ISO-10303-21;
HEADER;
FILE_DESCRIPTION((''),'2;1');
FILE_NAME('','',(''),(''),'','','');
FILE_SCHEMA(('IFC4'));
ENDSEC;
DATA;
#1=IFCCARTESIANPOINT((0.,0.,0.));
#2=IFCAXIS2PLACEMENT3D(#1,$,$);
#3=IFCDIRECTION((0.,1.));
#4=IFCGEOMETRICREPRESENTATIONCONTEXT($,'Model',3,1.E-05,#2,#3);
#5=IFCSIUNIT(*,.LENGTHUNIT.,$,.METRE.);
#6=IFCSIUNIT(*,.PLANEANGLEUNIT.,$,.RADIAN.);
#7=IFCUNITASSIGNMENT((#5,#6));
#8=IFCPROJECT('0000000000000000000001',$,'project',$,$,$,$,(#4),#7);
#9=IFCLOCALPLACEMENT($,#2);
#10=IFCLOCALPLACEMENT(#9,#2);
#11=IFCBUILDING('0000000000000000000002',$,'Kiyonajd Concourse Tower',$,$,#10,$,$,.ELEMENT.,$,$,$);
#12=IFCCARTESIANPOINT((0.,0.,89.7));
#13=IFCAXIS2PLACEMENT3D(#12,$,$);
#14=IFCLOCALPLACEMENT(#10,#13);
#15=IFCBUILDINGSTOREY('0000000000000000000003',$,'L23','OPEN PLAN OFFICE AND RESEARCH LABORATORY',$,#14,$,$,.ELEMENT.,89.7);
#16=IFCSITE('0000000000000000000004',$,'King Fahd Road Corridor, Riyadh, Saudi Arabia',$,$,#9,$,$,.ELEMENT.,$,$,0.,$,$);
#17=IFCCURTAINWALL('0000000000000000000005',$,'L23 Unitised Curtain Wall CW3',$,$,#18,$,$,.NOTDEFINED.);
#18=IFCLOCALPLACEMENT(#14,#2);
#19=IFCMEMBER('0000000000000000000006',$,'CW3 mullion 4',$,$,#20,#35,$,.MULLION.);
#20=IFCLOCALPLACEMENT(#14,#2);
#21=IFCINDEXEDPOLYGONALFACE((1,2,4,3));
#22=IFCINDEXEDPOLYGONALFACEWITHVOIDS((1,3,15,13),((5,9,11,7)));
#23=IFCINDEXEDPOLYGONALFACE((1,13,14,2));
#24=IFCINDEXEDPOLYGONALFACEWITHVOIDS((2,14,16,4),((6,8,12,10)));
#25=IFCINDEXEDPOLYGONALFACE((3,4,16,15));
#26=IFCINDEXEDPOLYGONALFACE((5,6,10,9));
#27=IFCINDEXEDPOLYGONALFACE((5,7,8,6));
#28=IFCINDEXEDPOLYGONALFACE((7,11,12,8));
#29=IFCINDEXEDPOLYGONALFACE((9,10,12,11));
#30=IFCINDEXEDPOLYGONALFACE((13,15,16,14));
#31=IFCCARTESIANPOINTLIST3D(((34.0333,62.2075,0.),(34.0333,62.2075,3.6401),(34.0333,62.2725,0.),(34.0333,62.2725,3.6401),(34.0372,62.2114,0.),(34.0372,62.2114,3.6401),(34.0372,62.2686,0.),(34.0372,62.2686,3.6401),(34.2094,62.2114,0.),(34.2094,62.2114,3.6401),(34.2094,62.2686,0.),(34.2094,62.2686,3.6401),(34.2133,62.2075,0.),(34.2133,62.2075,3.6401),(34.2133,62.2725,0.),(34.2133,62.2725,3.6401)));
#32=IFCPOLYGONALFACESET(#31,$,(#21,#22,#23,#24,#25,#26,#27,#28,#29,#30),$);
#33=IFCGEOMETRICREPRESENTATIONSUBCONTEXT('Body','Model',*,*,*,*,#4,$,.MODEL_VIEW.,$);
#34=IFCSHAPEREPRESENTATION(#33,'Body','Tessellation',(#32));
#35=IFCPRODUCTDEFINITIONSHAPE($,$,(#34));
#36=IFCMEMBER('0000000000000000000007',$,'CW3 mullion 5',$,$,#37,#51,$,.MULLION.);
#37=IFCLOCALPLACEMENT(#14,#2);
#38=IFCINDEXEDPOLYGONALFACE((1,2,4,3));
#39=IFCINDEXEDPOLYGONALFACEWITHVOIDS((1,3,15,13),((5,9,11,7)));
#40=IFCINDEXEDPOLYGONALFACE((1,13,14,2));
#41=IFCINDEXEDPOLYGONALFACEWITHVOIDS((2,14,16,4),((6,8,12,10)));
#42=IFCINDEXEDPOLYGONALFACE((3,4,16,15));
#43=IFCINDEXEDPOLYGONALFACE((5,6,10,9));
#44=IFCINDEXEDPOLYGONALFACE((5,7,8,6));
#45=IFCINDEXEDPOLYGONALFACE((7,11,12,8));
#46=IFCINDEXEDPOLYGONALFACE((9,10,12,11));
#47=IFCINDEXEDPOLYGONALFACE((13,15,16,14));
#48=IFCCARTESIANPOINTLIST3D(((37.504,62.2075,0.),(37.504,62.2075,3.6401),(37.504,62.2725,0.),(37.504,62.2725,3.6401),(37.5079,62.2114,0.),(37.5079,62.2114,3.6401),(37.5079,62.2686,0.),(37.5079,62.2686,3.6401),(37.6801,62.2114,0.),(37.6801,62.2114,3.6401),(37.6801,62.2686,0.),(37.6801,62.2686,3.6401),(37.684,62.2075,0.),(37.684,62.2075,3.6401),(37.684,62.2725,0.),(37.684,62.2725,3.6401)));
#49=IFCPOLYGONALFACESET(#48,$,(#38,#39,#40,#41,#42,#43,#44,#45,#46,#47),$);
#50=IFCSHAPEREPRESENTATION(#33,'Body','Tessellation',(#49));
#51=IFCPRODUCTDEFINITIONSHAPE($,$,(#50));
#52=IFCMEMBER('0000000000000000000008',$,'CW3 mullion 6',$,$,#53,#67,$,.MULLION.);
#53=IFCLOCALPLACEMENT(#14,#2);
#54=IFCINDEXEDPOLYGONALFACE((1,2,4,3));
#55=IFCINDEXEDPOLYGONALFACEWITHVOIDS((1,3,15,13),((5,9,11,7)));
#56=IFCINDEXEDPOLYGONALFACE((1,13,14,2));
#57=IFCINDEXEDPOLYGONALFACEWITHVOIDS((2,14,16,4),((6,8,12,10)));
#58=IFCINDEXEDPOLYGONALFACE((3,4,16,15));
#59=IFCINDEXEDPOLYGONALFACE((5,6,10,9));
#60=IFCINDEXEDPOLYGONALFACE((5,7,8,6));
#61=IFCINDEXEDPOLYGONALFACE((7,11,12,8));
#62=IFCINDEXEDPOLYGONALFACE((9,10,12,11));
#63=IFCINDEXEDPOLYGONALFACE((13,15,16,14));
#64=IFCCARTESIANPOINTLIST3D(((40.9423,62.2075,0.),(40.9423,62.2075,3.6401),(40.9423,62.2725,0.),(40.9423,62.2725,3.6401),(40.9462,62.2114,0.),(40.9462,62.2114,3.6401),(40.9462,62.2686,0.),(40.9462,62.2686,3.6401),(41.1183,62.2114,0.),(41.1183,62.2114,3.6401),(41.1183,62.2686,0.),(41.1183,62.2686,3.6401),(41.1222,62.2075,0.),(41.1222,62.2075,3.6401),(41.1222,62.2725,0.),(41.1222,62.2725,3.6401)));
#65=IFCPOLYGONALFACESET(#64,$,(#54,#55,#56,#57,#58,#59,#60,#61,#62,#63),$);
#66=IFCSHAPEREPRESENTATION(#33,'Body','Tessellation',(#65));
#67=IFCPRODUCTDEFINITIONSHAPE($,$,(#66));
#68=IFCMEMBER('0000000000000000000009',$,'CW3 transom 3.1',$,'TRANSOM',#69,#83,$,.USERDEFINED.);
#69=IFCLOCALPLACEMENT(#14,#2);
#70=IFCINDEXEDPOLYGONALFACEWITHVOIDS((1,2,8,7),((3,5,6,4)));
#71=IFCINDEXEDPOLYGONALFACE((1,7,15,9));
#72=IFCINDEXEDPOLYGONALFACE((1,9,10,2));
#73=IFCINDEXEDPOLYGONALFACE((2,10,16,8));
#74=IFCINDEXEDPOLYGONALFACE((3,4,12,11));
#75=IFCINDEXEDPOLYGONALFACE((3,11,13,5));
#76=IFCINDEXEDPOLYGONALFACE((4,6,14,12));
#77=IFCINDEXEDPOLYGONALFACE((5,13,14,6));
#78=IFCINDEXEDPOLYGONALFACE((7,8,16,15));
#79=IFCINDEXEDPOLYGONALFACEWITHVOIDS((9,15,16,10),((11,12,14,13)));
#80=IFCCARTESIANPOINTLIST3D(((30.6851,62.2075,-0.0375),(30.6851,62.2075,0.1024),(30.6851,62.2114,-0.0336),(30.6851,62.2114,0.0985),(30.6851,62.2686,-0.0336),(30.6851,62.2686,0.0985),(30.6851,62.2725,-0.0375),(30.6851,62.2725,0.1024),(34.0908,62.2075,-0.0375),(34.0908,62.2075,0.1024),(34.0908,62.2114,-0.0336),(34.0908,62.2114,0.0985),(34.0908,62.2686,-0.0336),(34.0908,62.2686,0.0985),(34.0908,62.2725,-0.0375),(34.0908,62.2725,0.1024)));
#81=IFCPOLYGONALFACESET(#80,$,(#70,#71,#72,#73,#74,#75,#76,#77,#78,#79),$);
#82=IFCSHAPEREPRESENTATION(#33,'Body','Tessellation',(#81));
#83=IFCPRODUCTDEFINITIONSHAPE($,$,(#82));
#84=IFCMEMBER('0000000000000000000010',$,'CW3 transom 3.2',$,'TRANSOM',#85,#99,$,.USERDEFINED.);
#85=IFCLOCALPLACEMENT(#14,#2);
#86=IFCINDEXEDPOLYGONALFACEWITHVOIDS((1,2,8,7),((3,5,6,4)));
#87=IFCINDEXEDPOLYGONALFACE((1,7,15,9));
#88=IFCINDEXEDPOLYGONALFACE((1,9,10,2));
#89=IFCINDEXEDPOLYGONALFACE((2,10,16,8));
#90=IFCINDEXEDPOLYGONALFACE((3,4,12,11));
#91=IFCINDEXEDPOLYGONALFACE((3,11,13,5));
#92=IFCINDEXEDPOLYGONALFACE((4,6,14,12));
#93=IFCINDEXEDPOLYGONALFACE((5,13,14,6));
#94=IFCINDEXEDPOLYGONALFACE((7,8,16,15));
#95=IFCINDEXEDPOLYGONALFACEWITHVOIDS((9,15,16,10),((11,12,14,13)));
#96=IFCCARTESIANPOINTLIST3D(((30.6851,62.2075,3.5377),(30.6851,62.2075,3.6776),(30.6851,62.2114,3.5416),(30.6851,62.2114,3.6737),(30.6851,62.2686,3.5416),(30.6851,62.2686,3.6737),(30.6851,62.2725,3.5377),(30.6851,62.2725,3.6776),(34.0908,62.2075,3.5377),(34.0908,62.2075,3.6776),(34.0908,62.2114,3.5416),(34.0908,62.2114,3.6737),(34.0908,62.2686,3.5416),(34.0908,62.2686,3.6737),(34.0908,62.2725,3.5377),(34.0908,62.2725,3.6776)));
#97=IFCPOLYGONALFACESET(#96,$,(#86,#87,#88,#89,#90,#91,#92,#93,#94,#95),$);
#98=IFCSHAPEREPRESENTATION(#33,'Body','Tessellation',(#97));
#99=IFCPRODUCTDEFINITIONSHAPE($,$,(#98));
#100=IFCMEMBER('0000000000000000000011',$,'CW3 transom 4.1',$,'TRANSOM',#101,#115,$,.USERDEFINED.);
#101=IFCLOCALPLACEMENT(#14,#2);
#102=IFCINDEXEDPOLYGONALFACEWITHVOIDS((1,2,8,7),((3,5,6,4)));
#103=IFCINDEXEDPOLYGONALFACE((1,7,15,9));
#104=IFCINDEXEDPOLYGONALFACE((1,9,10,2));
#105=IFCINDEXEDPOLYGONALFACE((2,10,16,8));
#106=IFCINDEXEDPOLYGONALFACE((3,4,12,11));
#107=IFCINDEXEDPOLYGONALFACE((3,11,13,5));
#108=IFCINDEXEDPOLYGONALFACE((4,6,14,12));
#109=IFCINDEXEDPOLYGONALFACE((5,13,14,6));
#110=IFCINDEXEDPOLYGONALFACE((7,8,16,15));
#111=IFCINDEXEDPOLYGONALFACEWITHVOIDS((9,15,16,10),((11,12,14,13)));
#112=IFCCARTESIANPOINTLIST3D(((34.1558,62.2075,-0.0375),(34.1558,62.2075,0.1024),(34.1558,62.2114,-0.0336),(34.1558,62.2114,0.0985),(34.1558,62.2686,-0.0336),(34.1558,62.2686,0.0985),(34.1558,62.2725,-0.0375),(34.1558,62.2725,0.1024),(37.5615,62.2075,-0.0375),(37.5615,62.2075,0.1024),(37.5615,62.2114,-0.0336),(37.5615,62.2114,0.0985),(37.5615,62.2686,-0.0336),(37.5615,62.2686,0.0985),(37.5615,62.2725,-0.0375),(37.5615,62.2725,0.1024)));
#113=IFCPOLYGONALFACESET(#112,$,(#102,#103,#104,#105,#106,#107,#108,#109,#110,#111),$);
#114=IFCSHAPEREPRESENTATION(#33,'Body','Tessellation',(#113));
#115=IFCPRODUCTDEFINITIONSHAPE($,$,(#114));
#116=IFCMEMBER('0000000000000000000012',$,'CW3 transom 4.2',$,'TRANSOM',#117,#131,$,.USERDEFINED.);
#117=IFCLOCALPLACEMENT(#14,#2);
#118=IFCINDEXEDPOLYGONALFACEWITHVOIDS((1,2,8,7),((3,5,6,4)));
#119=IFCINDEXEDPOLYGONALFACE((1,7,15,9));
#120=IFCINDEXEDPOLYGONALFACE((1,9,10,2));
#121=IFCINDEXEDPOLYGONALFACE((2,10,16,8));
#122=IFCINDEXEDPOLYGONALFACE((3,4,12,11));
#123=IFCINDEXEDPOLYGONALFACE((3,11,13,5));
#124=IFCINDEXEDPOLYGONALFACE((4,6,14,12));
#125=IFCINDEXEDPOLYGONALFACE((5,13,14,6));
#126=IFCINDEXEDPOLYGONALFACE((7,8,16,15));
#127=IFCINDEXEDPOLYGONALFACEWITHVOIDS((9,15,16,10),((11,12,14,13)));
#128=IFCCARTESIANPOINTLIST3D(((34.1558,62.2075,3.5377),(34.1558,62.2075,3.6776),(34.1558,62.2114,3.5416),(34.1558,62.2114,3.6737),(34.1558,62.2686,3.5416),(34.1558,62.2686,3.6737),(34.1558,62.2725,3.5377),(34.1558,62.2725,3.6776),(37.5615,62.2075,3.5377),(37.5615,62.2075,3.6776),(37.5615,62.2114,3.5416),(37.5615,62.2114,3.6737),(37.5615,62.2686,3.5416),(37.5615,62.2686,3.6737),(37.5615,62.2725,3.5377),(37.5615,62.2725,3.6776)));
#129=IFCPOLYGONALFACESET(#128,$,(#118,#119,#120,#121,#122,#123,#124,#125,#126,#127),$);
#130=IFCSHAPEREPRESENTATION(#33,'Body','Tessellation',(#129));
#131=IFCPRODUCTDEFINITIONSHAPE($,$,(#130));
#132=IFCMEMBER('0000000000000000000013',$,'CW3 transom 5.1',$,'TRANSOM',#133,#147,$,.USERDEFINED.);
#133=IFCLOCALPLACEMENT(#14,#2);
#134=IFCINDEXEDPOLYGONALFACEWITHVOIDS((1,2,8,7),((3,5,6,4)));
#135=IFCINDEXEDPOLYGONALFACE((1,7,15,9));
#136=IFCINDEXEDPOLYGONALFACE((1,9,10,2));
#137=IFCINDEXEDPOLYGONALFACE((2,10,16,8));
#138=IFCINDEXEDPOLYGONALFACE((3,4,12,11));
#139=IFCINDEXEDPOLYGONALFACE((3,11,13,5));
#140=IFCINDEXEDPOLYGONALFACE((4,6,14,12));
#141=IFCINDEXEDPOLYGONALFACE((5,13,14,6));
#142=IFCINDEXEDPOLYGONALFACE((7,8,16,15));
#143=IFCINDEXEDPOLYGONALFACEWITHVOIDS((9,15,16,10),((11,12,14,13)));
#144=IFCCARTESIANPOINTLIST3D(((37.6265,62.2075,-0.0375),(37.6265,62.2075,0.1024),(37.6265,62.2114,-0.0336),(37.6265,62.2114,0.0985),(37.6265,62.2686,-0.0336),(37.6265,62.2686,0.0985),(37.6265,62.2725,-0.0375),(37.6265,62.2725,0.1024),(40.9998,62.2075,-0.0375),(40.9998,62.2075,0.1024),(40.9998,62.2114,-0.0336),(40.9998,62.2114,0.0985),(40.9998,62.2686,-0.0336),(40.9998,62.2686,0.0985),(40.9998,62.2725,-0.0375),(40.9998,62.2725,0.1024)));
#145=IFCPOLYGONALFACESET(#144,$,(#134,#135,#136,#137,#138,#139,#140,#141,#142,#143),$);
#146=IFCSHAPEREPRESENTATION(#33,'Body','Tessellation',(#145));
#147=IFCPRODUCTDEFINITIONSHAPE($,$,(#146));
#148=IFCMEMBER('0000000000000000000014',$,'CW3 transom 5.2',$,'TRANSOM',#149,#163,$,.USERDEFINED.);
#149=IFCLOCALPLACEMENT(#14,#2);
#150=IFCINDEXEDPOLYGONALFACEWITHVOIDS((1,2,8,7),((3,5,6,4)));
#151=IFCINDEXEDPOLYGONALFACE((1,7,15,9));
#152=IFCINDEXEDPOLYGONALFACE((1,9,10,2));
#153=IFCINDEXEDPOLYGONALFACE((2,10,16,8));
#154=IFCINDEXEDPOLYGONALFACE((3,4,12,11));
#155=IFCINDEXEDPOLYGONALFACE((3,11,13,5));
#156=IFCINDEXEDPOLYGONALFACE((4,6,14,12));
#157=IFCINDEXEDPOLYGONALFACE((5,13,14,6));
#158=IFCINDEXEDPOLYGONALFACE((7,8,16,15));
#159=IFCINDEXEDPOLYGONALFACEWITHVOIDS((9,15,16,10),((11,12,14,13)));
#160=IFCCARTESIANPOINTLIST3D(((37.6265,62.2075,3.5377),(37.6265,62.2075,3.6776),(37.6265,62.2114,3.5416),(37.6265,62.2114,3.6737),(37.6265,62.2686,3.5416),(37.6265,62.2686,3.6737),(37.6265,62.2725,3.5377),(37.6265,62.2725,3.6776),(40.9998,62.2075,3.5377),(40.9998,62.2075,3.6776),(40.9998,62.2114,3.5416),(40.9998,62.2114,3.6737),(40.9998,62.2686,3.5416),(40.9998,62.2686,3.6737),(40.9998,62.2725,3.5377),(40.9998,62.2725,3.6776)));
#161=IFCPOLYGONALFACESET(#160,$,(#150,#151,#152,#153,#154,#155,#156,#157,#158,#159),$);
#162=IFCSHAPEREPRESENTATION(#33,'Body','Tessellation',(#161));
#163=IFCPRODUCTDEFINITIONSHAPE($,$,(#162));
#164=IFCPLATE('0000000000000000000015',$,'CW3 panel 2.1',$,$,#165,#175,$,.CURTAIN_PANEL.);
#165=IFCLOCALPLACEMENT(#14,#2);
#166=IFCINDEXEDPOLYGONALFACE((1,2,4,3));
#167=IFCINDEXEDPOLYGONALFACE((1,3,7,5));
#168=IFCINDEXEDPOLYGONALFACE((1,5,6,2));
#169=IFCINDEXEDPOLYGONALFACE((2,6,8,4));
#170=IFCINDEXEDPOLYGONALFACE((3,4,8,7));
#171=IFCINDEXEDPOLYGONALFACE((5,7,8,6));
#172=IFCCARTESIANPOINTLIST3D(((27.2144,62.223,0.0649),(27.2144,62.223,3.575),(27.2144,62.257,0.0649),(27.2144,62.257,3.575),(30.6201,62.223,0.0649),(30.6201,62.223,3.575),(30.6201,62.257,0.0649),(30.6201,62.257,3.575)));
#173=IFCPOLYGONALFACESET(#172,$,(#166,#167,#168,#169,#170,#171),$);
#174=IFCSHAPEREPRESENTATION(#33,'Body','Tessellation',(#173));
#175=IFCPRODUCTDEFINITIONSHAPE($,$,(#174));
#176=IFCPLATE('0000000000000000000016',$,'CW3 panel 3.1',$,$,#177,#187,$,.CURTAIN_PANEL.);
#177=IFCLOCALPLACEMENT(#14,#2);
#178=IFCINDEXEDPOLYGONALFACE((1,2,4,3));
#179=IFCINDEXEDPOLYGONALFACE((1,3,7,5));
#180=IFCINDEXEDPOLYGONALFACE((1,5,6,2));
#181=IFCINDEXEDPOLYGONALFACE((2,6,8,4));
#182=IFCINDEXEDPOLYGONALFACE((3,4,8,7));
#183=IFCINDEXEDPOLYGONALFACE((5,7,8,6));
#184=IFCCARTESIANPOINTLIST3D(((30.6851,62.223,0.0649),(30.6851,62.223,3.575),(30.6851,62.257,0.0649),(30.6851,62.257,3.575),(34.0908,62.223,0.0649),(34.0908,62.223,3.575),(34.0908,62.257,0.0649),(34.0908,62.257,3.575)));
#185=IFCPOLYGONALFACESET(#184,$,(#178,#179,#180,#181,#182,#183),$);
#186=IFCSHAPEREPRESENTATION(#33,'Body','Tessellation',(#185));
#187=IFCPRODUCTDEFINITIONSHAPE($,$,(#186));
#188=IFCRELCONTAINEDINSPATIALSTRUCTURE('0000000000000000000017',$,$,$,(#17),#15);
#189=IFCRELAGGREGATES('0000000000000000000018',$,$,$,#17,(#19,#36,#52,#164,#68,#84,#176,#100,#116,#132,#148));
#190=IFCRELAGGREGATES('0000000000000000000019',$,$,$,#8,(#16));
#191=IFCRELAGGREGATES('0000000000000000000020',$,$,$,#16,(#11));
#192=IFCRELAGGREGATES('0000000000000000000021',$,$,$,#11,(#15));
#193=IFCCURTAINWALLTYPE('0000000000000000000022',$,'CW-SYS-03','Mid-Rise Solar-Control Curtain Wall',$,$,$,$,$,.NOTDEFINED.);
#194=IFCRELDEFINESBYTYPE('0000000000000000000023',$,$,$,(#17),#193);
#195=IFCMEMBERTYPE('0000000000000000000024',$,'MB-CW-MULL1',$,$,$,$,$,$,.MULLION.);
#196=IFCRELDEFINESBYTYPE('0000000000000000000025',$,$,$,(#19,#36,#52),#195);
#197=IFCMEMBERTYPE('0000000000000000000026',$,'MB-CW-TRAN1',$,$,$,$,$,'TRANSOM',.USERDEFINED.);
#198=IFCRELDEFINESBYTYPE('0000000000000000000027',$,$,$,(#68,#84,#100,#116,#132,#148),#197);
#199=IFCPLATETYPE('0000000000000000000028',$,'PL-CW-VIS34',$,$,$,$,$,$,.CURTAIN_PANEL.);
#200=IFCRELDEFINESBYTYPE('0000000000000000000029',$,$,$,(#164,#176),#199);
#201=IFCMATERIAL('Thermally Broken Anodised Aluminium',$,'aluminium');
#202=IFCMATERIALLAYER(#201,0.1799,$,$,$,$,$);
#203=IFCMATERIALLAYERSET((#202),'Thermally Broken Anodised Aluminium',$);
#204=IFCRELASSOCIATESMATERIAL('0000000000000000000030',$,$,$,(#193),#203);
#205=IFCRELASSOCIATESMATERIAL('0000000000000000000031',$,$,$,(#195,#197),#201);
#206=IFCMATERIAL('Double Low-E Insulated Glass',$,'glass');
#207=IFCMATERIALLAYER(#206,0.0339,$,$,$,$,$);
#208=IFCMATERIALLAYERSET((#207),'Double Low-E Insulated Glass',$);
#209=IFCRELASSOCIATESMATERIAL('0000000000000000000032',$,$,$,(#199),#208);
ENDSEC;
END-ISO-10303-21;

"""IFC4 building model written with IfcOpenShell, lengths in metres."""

from ifc_helpers import new_model, si_unit, direction, frame, origin, origin_2d, place, context, subcontext, project, spatial, rectangle, hollow_rectangle, extrude, material, layer, layer_set, material_profile, profile_set, type_object, element, aggregate, save


model = new_model("IFC4")

# Units and contexts
model_context = context("Model", 3, precision=1e-05, world=origin(), true_north=direction((0.0, 1.0)))
body_context = subcontext(model_context, "Body", "Model", "MODEL_VIEW")
ifc_project = project(units=[si_unit("LENGTHUNIT", "METRE"), si_unit("PLANEANGLEUNIT", "RADIAN")], contexts=[model_context])

# Site, building, storey
site_placement = place(None, origin())
site = spatial("IfcSite", under=ifc_project, at=site_placement, Name="King Fahd Road Corridor, Riyadh, Saudi Arabia", CompositionType="ELEMENT", RefElevation=0.0)
building_placement = place(site_placement, origin())
building = spatial("IfcBuilding", under=site, at=building_placement, Name="Kiyonajd Concourse Tower", CompositionType="ELEMENT")
storey_placement = place(building_placement, frame((0.0, 0.0, 89.7)))
storey = spatial("IfcBuildingStorey", under=building, at=storey_placement, Name="L23", Description="OPEN PLAN OFFICE AND RESEARCH LABORATORY", CompositionType="ELEMENT", Elevation=89.7)

# Curtain wall, members, plates
ifc_material_1 = material(Name="Thermally Broken Anodised Aluminium", Category="aluminium")
ifc_layer_1 = layer(ifc_material_1, 0.1799)
ifc_layer_set_1 = layer_set([ifc_layer_1], Name="Thermally Broken Anodised Aluminium")
curtain_wall_type = type_object("IfcCurtainWallType", Name="CW-SYS-03", Description="Mid-Rise Solar-Control Curtain Wall", PredefinedType="NOTDEFINED", material=ifc_layer_set_1)
curtain_wall_placement = place(storey_placement, origin())
curtain_wall = element("IfcCurtainWall", 1, at=curtain_wall_placement, inside=storey, type_object=curtain_wall_type, Name="L23 Unitised Curtain Wall CW3", PredefinedType="NOTDEFINED")
ifc_material_profile_1 = material_profile(ifc_material_1, hollow_rectangle(XDim=0.0649, YDim=0.1799, WallThickness=0.0039, at=origin_2d()), Name="MULL-65x180")
ifc_profile_set_1 = profile_set([ifc_material_profile_1], Name="Thermally Broken Anodised Aluminium")
member_type_1 = type_object("IfcMemberType", Name="MB-CW-MULL1", PredefinedType="MULLION", material=ifc_profile_set_1)
member_1_placement = place(storey_placement, frame((34.1233, 62.24, 0.0), z_axis=(0.0, 0.0, 1.0), x_axis=(0.0, 1.0, 0.0)))
member_1 = element("IfcMember", 2, at=member_1_placement, type_object=member_type_1, Name="CW3 mullion 4", PredefinedType="MULLION", context=body_context, shape_type="SweptSolid", body=[
    extrude(hollow_rectangle(XDim=0.0649, YDim=0.1799, WallThickness=0.0039, at=origin_2d()), origin(), (0.0, 0.0, 1.0), 3.6401),
])
member_2_placement = place(storey_placement, frame((37.594, 62.24, 0.0), z_axis=(0.0, 0.0, 1.0), x_axis=(0.0, 1.0, 0.0)))
member_2 = element("IfcMember", 3, at=member_2_placement, type_object=member_type_1, Name="CW3 mullion 5", PredefinedType="MULLION", context=body_context, shape_type="SweptSolid", body=[
    extrude(hollow_rectangle(XDim=0.0649, YDim=0.1799, WallThickness=0.0039, at=origin_2d()), origin(), (0.0, 0.0, 1.0), 3.6401),
])
member_3_placement = place(storey_placement, frame((41.0322, 62.24, 0.0), z_axis=(0.0, 0.0, 1.0), x_axis=(0.0, 1.0, 0.0)))
member_3 = element("IfcMember", 4, at=member_3_placement, type_object=member_type_1, Name="CW3 mullion 6", PredefinedType="MULLION", context=body_context, shape_type="SweptSolid", body=[
    extrude(hollow_rectangle(XDim=0.0649, YDim=0.1799, WallThickness=0.0039, at=origin_2d()), origin(), (0.0, 0.0, 1.0), 3.6401),
])
ifc_material_profile_2 = material_profile(ifc_material_1, hollow_rectangle(XDim=0.0649, YDim=0.1399, WallThickness=0.0039, at=origin_2d()), Name="TRAN-65x140")
ifc_profile_set_2 = profile_set([ifc_material_profile_2], Name="Thermally Broken Anodised Aluminium")
member_type_2 = type_object("IfcMemberType", Name="MB-CW-TRAN1", ElementType="TRANSOM", PredefinedType="USERDEFINED", material=ifc_profile_set_2)
member_4_placement = place(storey_placement, frame((30.6851, 62.24, 0.0325), z_axis=(1.0, 0.0, 0.0), x_axis=(0.0, 1.0, 0.0)))
member_4 = element("IfcMember", 5, at=member_4_placement, type_object=member_type_2, Name="CW3 transom 3.1", ObjectType="TRANSOM", PredefinedType="USERDEFINED", context=body_context, shape_type="SweptSolid", body=[
    extrude(hollow_rectangle(XDim=0.0649, YDim=0.1399, WallThickness=0.0039, at=origin_2d()), origin(), (0.0, 0.0, 1.0), 3.4058),
])
member_5_placement = place(storey_placement, frame((30.6851, 62.24, 3.6077), z_axis=(1.0, 0.0, 0.0), x_axis=(0.0, 1.0, 0.0)))
member_5 = element("IfcMember", 6, at=member_5_placement, type_object=member_type_2, Name="CW3 transom 3.2", ObjectType="TRANSOM", PredefinedType="USERDEFINED", context=body_context, shape_type="SweptSolid", body=[
    extrude(hollow_rectangle(XDim=0.0649, YDim=0.1399, WallThickness=0.0039, at=origin_2d()), origin(), (0.0, 0.0, 1.0), 3.4058),
])
member_6_placement = place(storey_placement, frame((34.1558, 62.24, 0.0325), z_axis=(1.0, 0.0, 0.0), x_axis=(0.0, 1.0, 0.0)))
member_6 = element("IfcMember", 7, at=member_6_placement, type_object=member_type_2, Name="CW3 transom 4.1", ObjectType="TRANSOM", PredefinedType="USERDEFINED", context=body_context, shape_type="SweptSolid", body=[
    extrude(hollow_rectangle(XDim=0.0649, YDim=0.1399, WallThickness=0.0039, at=origin_2d()), origin(), (0.0, 0.0, 1.0), 3.4058),
])
member_7_placement = place(storey_placement, frame((34.1558, 62.24, 3.6077), z_axis=(1.0, 0.0, 0.0), x_axis=(0.0, 1.0, 0.0)))
member_7 = element("IfcMember", 8, at=member_7_placement, type_object=member_type_2, Name="CW3 transom 4.2", ObjectType="TRANSOM", PredefinedType="USERDEFINED", context=body_context, shape_type="SweptSolid", body=[
    extrude(hollow_rectangle(XDim=0.0649, YDim=0.1399, WallThickness=0.0039, at=origin_2d()), origin(), (0.0, 0.0, 1.0), 3.4058),
])
member_8_placement = place(storey_placement, frame((37.6265, 62.24, 0.0325), z_axis=(1.0, 0.0, 0.0), x_axis=(0.0, 1.0, 0.0)))
member_8 = element("IfcMember", 9, at=member_8_placement, type_object=member_type_2, Name="CW3 transom 5.1", ObjectType="TRANSOM", PredefinedType="USERDEFINED", context=body_context, shape_type="SweptSolid", body=[
    extrude(hollow_rectangle(XDim=0.0649, YDim=0.1399, WallThickness=0.0039, at=origin_2d()), origin(), (0.0, 0.0, 1.0), 3.3733),
])
member_9_placement = place(storey_placement, frame((37.6265, 62.24, 3.6077), z_axis=(1.0, 0.0, 0.0), x_axis=(0.0, 1.0, 0.0)))
member_9 = element("IfcMember", 10, at=member_9_placement, type_object=member_type_2, Name="CW3 transom 5.2", ObjectType="TRANSOM", PredefinedType="USERDEFINED", context=body_context, shape_type="SweptSolid", body=[
    extrude(hollow_rectangle(XDim=0.0649, YDim=0.1399, WallThickness=0.0039, at=origin_2d()), origin(), (0.0, 0.0, 1.0), 3.3733),
])
ifc_material_2 = material(Name="Double Low-E Insulated Glass", Category="glass")
ifc_layer_2 = layer(ifc_material_2, 0.0339)
ifc_layer_set_2 = layer_set([ifc_layer_2], Name="Double Low-E Insulated Glass")
plate_type_1 = type_object("IfcPlateType", Name="PL-CW-VIS34", PredefinedType="CURTAIN_PANEL", material=ifc_layer_set_2)
plate_1_placement = place(storey_placement, frame((28.9172, 62.24, 0.0649), z_axis=(0.0, 0.0, 1.0), x_axis=(1.0, 0.0, 0.0)))
plate_1 = element("IfcPlate", 11, at=plate_1_placement, type_object=plate_type_1, Name="CW3 panel 2.1", PredefinedType="CURTAIN_PANEL", context=body_context, shape_type="SweptSolid", body=[
    extrude(rectangle(XDim=3.4058, YDim=0.0339, at=origin_2d()), origin(), (0.0, 0.0, 1.0), 3.51),
])
plate_2_placement = place(storey_placement, frame((32.3879, 62.24, 0.0649), z_axis=(0.0, 0.0, 1.0), x_axis=(1.0, 0.0, 0.0)))
plate_2 = element("IfcPlate", 12, at=plate_2_placement, type_object=plate_type_1, Name="CW3 panel 3.1", PredefinedType="CURTAIN_PANEL", context=body_context, shape_type="SweptSolid", body=[
    extrude(rectangle(XDim=3.4058, YDim=0.0339, at=origin_2d()), origin(), (0.0, 0.0, 1.0), 3.51),
])
aggregate(curtain_wall, [member_1, member_2, member_3, plate_1, member_4, member_5, plate_2, member_6, member_7, member_8, member_9])

save(model, "model.ifc")
